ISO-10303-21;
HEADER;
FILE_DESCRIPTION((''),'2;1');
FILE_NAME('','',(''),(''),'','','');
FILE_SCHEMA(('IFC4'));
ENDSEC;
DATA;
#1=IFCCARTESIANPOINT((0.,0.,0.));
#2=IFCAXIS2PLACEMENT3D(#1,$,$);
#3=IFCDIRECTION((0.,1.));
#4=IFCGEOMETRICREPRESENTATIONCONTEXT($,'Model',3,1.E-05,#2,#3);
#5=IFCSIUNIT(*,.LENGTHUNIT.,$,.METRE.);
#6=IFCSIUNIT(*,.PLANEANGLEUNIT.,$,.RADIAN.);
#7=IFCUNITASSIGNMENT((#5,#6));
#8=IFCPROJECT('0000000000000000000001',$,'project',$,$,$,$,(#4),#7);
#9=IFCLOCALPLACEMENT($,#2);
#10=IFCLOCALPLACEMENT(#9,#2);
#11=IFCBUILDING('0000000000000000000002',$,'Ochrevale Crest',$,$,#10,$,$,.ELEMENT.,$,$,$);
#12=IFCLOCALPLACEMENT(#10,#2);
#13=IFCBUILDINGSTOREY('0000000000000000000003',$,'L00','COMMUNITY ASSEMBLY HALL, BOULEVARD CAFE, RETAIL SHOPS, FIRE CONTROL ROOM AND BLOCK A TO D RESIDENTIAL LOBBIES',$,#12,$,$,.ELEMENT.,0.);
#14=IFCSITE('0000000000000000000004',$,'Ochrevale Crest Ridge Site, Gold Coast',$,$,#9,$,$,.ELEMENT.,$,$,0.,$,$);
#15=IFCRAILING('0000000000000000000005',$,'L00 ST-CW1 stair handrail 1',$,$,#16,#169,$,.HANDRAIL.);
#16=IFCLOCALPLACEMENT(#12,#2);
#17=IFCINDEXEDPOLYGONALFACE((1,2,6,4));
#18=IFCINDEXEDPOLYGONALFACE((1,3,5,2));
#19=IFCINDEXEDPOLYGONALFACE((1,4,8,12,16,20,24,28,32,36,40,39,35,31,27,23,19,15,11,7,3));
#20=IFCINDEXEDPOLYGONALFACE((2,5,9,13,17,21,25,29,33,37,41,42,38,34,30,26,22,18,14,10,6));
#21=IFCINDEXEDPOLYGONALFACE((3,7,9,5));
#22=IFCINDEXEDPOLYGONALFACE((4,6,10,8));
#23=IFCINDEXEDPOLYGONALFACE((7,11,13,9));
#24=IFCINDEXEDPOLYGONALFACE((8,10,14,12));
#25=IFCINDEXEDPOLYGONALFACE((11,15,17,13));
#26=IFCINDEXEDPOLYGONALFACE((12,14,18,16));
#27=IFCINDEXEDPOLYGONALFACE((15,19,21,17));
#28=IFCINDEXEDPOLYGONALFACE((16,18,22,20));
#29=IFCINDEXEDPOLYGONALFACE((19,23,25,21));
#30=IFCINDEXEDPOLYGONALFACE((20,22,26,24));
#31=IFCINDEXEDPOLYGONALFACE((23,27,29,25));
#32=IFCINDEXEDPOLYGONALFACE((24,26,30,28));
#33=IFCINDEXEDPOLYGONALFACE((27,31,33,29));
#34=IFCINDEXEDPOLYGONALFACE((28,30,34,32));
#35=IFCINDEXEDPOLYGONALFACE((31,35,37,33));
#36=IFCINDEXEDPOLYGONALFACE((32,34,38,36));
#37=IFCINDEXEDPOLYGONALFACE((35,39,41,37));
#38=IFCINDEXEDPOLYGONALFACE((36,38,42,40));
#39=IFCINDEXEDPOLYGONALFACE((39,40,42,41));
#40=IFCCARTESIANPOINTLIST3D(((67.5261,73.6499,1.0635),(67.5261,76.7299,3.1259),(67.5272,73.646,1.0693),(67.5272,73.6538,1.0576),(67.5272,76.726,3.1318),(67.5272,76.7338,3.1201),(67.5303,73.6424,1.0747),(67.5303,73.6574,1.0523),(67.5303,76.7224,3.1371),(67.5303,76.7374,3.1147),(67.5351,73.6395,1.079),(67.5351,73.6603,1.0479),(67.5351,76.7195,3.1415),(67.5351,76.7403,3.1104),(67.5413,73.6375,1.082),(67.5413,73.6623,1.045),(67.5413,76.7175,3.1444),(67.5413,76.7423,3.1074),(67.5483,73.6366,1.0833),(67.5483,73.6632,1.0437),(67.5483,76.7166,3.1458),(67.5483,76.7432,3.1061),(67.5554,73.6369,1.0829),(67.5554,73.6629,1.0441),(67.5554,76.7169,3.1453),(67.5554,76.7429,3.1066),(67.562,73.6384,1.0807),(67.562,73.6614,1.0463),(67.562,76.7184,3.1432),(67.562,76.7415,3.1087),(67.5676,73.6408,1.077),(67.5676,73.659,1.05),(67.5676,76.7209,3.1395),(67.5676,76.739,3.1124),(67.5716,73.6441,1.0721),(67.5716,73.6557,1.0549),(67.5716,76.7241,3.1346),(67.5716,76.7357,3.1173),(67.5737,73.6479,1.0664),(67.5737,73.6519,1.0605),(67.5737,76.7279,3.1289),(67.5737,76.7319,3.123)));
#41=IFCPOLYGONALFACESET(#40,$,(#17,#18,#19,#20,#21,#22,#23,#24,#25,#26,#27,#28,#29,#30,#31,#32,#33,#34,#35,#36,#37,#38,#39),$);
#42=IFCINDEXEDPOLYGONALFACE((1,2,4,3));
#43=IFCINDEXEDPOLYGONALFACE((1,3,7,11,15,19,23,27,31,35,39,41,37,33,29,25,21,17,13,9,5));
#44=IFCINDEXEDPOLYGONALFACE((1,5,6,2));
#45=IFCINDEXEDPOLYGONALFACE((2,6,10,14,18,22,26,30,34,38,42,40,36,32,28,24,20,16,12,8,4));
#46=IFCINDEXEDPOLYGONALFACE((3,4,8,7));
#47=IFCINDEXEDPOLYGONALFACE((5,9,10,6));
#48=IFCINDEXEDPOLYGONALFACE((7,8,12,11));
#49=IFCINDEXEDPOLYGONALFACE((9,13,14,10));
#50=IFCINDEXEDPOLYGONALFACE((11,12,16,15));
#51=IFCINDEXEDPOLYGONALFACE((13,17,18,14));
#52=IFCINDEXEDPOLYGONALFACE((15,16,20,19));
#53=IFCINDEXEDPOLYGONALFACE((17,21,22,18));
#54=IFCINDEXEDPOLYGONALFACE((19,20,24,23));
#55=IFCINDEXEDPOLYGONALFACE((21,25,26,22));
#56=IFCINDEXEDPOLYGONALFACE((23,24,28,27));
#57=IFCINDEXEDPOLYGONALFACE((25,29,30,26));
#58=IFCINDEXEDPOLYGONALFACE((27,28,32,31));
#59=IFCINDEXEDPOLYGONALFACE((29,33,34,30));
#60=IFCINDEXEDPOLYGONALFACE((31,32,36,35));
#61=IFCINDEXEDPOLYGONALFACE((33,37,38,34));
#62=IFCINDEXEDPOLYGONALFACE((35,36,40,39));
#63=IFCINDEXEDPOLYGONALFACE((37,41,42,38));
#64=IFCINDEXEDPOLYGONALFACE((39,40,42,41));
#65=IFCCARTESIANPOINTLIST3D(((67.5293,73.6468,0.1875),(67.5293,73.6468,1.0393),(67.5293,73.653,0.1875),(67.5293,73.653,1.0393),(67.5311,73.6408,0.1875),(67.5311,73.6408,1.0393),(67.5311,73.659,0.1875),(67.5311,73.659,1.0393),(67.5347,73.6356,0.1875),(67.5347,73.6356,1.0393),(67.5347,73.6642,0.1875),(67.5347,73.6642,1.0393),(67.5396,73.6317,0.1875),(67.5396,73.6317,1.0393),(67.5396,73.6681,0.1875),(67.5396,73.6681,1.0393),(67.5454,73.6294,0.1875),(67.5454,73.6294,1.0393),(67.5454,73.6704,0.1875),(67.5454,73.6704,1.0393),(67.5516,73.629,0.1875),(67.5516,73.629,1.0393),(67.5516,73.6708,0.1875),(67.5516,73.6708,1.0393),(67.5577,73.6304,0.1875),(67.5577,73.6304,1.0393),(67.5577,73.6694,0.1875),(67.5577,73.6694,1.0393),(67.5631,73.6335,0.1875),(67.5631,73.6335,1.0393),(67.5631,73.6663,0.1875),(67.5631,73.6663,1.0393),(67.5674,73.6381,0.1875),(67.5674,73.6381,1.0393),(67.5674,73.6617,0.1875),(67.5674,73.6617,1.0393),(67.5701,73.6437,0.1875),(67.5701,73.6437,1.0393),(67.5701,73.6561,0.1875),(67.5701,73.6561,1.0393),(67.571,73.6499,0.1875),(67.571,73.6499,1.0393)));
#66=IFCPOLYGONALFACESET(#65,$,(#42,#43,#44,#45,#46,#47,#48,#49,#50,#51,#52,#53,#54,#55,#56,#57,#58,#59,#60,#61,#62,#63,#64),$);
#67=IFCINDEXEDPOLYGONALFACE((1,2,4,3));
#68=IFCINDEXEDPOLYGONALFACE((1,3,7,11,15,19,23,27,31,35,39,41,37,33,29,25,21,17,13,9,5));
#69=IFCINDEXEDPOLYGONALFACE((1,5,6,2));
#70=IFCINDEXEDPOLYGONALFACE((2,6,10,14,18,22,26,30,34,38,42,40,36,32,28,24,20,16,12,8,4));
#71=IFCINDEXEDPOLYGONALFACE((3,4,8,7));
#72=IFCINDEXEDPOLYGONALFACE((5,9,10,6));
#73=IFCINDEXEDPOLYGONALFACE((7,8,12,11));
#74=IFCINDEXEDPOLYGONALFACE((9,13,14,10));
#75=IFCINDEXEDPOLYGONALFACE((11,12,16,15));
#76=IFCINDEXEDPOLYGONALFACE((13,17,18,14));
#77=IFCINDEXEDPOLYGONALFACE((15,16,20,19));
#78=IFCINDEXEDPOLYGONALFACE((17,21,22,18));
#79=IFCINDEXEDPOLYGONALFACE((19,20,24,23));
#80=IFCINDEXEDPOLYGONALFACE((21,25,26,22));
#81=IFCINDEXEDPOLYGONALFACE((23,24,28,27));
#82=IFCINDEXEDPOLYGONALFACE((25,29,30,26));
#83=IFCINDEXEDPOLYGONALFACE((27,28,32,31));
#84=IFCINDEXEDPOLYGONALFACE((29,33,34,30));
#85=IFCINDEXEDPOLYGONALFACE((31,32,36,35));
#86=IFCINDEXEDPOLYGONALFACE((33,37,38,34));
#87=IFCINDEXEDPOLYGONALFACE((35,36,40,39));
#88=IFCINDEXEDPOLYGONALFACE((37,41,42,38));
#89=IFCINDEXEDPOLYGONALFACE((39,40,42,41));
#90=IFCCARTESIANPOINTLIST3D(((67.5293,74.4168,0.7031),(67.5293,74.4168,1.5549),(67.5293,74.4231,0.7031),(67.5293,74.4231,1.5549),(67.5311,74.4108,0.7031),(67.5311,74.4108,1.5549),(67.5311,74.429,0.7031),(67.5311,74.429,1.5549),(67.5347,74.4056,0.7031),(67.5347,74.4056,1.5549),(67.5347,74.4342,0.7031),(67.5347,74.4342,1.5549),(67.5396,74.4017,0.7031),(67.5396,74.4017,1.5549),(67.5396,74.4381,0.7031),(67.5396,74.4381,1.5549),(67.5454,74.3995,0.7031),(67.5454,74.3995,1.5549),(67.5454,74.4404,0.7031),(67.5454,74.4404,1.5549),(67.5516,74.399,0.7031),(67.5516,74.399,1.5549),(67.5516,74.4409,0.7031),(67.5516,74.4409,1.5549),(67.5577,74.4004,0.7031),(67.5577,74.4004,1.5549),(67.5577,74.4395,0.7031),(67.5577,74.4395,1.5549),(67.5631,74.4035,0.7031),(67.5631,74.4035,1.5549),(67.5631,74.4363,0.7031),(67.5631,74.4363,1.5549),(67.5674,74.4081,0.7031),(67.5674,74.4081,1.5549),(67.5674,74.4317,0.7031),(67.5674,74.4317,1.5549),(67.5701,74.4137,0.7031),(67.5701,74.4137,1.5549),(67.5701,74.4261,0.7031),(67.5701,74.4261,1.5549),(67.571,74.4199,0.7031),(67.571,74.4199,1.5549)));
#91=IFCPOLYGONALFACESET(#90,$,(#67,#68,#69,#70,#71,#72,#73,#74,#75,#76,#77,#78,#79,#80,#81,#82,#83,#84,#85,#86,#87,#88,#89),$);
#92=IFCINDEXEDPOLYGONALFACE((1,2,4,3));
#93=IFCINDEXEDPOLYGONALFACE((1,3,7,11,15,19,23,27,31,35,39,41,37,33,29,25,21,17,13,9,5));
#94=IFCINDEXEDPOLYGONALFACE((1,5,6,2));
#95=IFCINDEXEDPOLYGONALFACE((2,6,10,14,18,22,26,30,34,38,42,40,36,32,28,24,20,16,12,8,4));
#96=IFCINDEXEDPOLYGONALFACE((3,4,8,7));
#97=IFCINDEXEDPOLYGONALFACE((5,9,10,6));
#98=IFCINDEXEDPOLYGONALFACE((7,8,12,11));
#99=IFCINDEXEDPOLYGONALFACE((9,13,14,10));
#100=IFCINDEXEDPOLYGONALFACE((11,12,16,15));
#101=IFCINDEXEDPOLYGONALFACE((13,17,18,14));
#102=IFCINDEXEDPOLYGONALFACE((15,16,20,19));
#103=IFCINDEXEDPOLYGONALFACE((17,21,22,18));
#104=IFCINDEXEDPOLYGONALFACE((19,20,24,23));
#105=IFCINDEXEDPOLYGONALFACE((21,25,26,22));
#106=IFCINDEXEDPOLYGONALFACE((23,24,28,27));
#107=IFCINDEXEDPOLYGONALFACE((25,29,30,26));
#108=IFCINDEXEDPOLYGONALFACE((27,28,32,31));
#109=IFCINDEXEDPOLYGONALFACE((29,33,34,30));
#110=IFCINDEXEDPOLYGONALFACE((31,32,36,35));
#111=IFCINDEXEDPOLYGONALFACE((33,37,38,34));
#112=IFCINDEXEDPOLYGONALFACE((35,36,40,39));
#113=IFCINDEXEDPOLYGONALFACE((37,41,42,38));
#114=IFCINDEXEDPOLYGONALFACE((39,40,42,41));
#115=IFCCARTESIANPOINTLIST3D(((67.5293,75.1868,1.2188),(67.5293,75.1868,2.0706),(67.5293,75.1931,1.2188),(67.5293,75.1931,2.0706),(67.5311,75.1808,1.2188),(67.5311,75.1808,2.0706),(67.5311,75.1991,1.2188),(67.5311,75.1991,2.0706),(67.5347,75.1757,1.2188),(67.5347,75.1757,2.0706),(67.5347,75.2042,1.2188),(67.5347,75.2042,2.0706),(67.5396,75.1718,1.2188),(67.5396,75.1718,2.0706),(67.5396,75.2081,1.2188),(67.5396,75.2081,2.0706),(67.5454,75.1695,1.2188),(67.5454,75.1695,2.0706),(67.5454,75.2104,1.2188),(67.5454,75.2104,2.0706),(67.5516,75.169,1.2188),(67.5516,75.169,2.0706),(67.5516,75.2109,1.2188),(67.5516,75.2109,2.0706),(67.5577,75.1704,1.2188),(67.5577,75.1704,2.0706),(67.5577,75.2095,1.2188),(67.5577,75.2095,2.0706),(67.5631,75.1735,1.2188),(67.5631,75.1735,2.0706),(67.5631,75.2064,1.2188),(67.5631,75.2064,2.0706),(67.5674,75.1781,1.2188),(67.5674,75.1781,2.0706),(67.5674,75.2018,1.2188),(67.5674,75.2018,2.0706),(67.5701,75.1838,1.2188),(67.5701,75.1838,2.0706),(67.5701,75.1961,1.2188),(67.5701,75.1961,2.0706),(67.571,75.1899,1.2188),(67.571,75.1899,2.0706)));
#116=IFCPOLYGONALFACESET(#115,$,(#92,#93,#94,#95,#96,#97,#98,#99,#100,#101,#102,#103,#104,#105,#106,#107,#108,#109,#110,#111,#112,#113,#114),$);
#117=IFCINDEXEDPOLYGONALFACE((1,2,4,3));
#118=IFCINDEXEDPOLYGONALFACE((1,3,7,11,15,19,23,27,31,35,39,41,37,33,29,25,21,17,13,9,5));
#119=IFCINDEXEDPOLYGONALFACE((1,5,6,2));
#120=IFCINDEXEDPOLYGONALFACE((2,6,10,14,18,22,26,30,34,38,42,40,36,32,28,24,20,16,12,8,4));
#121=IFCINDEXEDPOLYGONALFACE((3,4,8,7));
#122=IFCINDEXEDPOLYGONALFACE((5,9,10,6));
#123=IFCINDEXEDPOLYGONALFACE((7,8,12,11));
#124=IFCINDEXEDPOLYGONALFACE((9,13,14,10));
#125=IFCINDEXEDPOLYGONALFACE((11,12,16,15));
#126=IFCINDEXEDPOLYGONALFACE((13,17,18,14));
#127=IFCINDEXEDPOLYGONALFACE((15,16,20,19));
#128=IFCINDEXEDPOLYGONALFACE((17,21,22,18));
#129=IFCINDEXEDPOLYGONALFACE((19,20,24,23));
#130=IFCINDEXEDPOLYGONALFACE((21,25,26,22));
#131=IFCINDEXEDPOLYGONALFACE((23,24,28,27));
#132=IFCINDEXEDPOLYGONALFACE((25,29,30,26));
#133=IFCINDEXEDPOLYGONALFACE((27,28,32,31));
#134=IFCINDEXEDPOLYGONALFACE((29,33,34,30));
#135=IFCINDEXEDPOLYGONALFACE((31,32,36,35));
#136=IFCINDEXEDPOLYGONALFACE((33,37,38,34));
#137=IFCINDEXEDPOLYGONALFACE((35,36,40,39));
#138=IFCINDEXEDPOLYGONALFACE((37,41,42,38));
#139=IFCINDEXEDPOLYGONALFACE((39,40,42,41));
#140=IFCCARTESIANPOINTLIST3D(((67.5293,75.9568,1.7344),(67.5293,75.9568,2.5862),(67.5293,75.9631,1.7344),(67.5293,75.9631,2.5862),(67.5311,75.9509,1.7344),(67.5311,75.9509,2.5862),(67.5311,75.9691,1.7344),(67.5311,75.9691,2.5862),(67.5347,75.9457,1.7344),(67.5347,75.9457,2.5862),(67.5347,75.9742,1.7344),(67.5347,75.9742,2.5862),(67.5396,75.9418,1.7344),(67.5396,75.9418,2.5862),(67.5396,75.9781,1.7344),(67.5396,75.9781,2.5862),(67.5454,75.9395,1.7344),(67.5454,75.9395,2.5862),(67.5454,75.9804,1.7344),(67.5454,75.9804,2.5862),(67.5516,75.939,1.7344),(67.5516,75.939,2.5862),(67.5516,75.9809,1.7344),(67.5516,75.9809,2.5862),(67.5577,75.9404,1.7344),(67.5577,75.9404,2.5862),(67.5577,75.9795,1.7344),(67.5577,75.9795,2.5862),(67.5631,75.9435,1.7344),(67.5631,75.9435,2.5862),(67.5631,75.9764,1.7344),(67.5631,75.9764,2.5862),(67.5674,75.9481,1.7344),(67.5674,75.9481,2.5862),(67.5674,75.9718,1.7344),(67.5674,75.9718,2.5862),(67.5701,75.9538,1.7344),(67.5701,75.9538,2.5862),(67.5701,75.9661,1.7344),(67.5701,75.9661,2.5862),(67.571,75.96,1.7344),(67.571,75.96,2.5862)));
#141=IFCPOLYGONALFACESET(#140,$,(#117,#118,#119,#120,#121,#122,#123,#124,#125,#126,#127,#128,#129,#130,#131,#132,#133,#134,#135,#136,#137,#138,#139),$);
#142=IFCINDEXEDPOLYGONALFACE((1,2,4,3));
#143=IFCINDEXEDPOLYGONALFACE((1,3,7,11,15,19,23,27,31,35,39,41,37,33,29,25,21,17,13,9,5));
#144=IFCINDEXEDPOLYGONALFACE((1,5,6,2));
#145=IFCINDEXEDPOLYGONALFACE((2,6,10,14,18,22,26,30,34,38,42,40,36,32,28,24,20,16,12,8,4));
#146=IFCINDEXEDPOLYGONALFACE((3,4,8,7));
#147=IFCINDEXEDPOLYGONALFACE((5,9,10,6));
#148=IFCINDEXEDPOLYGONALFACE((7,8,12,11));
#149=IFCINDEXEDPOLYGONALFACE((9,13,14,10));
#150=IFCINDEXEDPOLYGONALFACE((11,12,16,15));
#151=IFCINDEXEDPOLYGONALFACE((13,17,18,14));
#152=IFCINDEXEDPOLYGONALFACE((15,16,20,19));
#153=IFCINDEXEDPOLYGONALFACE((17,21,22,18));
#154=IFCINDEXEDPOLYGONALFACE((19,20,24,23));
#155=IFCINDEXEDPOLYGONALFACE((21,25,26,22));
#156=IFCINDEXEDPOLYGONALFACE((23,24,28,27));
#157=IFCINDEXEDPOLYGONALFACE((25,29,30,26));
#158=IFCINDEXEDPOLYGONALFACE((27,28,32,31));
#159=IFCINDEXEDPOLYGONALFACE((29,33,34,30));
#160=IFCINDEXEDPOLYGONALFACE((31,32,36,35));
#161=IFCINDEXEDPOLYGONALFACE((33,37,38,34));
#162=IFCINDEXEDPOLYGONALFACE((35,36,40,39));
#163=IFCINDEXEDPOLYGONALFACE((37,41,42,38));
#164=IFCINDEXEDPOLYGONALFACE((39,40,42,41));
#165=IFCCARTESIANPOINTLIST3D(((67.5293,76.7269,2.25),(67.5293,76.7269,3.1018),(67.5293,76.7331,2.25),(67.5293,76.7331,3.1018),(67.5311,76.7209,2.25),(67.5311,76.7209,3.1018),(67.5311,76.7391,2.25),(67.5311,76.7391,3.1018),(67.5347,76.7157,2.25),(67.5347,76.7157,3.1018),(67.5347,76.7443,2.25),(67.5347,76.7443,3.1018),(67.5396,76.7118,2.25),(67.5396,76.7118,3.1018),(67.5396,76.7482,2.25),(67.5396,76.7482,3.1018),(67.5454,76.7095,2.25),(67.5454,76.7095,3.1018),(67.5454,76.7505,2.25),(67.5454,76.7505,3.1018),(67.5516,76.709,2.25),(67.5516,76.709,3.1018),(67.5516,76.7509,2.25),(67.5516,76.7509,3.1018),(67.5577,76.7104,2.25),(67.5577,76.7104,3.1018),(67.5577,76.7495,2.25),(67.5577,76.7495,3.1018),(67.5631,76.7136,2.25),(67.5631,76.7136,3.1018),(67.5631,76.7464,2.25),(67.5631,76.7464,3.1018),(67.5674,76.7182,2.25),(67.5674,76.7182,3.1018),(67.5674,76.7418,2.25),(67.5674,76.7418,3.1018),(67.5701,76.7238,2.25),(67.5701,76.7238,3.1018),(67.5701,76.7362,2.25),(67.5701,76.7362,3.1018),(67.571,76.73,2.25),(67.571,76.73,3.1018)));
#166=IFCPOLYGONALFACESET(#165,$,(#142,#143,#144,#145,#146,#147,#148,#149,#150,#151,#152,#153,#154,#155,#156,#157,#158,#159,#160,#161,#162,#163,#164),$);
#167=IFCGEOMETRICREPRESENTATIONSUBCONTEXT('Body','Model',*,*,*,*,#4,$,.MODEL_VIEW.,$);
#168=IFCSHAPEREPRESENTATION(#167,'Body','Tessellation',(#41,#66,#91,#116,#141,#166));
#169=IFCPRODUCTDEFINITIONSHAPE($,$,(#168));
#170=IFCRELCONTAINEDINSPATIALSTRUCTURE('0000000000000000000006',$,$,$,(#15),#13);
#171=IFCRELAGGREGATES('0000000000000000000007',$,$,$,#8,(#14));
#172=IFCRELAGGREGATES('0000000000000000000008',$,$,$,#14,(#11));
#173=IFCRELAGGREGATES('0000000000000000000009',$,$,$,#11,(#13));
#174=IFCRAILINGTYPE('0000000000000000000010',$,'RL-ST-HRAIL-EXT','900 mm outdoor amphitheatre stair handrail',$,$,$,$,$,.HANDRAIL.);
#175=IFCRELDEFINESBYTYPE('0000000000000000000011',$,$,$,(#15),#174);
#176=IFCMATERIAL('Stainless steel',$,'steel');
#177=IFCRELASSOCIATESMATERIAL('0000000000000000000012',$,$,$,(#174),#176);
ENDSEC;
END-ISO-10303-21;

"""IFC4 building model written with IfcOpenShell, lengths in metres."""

from ifc_helpers import new_model, si_unit, direction, frame, origin, origin_2d, place, context, subcontext, project, spatial, circle, extrude, material, type_object, element, save


model = new_model("IFC4")

# Units and contexts
model_context = context("Model", 3, precision=1e-05, world=origin(), true_north=direction((0.0, 1.0)))
body_context = subcontext(model_context, "Body", "Model", "MODEL_VIEW")
ifc_project = project(units=[si_unit("LENGTHUNIT", "METRE"), si_unit("PLANEANGLEUNIT", "RADIAN")], contexts=[model_context])

# Site, building, storey
site_placement = place(None, origin())
site = spatial("IfcSite", under=ifc_project, at=site_placement, Name="Ochrevale Crest Ridge Site, Gold Coast", CompositionType="ELEMENT", RefElevation=0.0)
building_placement = place(site_placement, origin())
building = spatial("IfcBuilding", under=site, at=building_placement, Name="Ochrevale Crest", CompositionType="ELEMENT")
storey_placement = place(building_placement, origin())
storey = spatial("IfcBuildingStorey", under=building, at=storey_placement, Name="L00", Description="COMMUNITY ASSEMBLY HALL, BOULEVARD CAFE, RETAIL SHOPS, FIRE CONTROL ROOM AND BLOCK A TO D RESIDENTIAL LOBBIES", CompositionType="ELEMENT", Elevation=0.0)

# Railing
ifc_material_1 = material(Name="Stainless steel", Category="steel")
railing_type_1 = type_object("IfcRailingType", Name="RL-ST-HRAIL-EXT", Description="900 mm outdoor amphitheatre stair handrail", PredefinedType="HANDRAIL", material=ifc_material_1)
railing_1_placement = place(storey_placement, frame((67.55, 73.6499, 0.1875)))
element("IfcRailing", 1, at=railing_1_placement, inside=storey, type_object=railing_type_1, Name="L00 ST-CW1 stair handrail 1", PredefinedType="HANDRAIL", context=body_context, shape_type="SweptSolid", body=[
    extrude(circle(Radius=0.0239, at=origin_2d()), frame((0.0, 0.0, 0.876), z_axis=(0.0, 0.830914, 0.556401), x_axis=(-1.0, 0.0, 0.0)), (0.0, 0.0, 1.0), 3.7068),
    extrude(circle(Radius=0.021, at=origin_2d()), origin(), (0.0, 0.0, 1.0), 0.8518),
    extrude(circle(Radius=0.021, at=origin_2d()), frame((0.0, 0.77, 0.5156)), (0.0, 0.0, 1.0), 0.8518),
    extrude(circle(Radius=0.021, at=origin_2d()), frame((0.0, 1.54, 1.0312)), (0.0, 0.0, 1.0), 0.8518),
    extrude(circle(Radius=0.021, at=origin_2d()), frame((0.0, 2.3101, 1.5469)), (0.0, 0.0, 1.0), 0.8518),
    extrude(circle(Radius=0.021, at=origin_2d()), frame((0.0, 3.0801, 2.0625)), (0.0, 0.0, 1.0), 0.8518),
])

save(model, "model.ifc")
